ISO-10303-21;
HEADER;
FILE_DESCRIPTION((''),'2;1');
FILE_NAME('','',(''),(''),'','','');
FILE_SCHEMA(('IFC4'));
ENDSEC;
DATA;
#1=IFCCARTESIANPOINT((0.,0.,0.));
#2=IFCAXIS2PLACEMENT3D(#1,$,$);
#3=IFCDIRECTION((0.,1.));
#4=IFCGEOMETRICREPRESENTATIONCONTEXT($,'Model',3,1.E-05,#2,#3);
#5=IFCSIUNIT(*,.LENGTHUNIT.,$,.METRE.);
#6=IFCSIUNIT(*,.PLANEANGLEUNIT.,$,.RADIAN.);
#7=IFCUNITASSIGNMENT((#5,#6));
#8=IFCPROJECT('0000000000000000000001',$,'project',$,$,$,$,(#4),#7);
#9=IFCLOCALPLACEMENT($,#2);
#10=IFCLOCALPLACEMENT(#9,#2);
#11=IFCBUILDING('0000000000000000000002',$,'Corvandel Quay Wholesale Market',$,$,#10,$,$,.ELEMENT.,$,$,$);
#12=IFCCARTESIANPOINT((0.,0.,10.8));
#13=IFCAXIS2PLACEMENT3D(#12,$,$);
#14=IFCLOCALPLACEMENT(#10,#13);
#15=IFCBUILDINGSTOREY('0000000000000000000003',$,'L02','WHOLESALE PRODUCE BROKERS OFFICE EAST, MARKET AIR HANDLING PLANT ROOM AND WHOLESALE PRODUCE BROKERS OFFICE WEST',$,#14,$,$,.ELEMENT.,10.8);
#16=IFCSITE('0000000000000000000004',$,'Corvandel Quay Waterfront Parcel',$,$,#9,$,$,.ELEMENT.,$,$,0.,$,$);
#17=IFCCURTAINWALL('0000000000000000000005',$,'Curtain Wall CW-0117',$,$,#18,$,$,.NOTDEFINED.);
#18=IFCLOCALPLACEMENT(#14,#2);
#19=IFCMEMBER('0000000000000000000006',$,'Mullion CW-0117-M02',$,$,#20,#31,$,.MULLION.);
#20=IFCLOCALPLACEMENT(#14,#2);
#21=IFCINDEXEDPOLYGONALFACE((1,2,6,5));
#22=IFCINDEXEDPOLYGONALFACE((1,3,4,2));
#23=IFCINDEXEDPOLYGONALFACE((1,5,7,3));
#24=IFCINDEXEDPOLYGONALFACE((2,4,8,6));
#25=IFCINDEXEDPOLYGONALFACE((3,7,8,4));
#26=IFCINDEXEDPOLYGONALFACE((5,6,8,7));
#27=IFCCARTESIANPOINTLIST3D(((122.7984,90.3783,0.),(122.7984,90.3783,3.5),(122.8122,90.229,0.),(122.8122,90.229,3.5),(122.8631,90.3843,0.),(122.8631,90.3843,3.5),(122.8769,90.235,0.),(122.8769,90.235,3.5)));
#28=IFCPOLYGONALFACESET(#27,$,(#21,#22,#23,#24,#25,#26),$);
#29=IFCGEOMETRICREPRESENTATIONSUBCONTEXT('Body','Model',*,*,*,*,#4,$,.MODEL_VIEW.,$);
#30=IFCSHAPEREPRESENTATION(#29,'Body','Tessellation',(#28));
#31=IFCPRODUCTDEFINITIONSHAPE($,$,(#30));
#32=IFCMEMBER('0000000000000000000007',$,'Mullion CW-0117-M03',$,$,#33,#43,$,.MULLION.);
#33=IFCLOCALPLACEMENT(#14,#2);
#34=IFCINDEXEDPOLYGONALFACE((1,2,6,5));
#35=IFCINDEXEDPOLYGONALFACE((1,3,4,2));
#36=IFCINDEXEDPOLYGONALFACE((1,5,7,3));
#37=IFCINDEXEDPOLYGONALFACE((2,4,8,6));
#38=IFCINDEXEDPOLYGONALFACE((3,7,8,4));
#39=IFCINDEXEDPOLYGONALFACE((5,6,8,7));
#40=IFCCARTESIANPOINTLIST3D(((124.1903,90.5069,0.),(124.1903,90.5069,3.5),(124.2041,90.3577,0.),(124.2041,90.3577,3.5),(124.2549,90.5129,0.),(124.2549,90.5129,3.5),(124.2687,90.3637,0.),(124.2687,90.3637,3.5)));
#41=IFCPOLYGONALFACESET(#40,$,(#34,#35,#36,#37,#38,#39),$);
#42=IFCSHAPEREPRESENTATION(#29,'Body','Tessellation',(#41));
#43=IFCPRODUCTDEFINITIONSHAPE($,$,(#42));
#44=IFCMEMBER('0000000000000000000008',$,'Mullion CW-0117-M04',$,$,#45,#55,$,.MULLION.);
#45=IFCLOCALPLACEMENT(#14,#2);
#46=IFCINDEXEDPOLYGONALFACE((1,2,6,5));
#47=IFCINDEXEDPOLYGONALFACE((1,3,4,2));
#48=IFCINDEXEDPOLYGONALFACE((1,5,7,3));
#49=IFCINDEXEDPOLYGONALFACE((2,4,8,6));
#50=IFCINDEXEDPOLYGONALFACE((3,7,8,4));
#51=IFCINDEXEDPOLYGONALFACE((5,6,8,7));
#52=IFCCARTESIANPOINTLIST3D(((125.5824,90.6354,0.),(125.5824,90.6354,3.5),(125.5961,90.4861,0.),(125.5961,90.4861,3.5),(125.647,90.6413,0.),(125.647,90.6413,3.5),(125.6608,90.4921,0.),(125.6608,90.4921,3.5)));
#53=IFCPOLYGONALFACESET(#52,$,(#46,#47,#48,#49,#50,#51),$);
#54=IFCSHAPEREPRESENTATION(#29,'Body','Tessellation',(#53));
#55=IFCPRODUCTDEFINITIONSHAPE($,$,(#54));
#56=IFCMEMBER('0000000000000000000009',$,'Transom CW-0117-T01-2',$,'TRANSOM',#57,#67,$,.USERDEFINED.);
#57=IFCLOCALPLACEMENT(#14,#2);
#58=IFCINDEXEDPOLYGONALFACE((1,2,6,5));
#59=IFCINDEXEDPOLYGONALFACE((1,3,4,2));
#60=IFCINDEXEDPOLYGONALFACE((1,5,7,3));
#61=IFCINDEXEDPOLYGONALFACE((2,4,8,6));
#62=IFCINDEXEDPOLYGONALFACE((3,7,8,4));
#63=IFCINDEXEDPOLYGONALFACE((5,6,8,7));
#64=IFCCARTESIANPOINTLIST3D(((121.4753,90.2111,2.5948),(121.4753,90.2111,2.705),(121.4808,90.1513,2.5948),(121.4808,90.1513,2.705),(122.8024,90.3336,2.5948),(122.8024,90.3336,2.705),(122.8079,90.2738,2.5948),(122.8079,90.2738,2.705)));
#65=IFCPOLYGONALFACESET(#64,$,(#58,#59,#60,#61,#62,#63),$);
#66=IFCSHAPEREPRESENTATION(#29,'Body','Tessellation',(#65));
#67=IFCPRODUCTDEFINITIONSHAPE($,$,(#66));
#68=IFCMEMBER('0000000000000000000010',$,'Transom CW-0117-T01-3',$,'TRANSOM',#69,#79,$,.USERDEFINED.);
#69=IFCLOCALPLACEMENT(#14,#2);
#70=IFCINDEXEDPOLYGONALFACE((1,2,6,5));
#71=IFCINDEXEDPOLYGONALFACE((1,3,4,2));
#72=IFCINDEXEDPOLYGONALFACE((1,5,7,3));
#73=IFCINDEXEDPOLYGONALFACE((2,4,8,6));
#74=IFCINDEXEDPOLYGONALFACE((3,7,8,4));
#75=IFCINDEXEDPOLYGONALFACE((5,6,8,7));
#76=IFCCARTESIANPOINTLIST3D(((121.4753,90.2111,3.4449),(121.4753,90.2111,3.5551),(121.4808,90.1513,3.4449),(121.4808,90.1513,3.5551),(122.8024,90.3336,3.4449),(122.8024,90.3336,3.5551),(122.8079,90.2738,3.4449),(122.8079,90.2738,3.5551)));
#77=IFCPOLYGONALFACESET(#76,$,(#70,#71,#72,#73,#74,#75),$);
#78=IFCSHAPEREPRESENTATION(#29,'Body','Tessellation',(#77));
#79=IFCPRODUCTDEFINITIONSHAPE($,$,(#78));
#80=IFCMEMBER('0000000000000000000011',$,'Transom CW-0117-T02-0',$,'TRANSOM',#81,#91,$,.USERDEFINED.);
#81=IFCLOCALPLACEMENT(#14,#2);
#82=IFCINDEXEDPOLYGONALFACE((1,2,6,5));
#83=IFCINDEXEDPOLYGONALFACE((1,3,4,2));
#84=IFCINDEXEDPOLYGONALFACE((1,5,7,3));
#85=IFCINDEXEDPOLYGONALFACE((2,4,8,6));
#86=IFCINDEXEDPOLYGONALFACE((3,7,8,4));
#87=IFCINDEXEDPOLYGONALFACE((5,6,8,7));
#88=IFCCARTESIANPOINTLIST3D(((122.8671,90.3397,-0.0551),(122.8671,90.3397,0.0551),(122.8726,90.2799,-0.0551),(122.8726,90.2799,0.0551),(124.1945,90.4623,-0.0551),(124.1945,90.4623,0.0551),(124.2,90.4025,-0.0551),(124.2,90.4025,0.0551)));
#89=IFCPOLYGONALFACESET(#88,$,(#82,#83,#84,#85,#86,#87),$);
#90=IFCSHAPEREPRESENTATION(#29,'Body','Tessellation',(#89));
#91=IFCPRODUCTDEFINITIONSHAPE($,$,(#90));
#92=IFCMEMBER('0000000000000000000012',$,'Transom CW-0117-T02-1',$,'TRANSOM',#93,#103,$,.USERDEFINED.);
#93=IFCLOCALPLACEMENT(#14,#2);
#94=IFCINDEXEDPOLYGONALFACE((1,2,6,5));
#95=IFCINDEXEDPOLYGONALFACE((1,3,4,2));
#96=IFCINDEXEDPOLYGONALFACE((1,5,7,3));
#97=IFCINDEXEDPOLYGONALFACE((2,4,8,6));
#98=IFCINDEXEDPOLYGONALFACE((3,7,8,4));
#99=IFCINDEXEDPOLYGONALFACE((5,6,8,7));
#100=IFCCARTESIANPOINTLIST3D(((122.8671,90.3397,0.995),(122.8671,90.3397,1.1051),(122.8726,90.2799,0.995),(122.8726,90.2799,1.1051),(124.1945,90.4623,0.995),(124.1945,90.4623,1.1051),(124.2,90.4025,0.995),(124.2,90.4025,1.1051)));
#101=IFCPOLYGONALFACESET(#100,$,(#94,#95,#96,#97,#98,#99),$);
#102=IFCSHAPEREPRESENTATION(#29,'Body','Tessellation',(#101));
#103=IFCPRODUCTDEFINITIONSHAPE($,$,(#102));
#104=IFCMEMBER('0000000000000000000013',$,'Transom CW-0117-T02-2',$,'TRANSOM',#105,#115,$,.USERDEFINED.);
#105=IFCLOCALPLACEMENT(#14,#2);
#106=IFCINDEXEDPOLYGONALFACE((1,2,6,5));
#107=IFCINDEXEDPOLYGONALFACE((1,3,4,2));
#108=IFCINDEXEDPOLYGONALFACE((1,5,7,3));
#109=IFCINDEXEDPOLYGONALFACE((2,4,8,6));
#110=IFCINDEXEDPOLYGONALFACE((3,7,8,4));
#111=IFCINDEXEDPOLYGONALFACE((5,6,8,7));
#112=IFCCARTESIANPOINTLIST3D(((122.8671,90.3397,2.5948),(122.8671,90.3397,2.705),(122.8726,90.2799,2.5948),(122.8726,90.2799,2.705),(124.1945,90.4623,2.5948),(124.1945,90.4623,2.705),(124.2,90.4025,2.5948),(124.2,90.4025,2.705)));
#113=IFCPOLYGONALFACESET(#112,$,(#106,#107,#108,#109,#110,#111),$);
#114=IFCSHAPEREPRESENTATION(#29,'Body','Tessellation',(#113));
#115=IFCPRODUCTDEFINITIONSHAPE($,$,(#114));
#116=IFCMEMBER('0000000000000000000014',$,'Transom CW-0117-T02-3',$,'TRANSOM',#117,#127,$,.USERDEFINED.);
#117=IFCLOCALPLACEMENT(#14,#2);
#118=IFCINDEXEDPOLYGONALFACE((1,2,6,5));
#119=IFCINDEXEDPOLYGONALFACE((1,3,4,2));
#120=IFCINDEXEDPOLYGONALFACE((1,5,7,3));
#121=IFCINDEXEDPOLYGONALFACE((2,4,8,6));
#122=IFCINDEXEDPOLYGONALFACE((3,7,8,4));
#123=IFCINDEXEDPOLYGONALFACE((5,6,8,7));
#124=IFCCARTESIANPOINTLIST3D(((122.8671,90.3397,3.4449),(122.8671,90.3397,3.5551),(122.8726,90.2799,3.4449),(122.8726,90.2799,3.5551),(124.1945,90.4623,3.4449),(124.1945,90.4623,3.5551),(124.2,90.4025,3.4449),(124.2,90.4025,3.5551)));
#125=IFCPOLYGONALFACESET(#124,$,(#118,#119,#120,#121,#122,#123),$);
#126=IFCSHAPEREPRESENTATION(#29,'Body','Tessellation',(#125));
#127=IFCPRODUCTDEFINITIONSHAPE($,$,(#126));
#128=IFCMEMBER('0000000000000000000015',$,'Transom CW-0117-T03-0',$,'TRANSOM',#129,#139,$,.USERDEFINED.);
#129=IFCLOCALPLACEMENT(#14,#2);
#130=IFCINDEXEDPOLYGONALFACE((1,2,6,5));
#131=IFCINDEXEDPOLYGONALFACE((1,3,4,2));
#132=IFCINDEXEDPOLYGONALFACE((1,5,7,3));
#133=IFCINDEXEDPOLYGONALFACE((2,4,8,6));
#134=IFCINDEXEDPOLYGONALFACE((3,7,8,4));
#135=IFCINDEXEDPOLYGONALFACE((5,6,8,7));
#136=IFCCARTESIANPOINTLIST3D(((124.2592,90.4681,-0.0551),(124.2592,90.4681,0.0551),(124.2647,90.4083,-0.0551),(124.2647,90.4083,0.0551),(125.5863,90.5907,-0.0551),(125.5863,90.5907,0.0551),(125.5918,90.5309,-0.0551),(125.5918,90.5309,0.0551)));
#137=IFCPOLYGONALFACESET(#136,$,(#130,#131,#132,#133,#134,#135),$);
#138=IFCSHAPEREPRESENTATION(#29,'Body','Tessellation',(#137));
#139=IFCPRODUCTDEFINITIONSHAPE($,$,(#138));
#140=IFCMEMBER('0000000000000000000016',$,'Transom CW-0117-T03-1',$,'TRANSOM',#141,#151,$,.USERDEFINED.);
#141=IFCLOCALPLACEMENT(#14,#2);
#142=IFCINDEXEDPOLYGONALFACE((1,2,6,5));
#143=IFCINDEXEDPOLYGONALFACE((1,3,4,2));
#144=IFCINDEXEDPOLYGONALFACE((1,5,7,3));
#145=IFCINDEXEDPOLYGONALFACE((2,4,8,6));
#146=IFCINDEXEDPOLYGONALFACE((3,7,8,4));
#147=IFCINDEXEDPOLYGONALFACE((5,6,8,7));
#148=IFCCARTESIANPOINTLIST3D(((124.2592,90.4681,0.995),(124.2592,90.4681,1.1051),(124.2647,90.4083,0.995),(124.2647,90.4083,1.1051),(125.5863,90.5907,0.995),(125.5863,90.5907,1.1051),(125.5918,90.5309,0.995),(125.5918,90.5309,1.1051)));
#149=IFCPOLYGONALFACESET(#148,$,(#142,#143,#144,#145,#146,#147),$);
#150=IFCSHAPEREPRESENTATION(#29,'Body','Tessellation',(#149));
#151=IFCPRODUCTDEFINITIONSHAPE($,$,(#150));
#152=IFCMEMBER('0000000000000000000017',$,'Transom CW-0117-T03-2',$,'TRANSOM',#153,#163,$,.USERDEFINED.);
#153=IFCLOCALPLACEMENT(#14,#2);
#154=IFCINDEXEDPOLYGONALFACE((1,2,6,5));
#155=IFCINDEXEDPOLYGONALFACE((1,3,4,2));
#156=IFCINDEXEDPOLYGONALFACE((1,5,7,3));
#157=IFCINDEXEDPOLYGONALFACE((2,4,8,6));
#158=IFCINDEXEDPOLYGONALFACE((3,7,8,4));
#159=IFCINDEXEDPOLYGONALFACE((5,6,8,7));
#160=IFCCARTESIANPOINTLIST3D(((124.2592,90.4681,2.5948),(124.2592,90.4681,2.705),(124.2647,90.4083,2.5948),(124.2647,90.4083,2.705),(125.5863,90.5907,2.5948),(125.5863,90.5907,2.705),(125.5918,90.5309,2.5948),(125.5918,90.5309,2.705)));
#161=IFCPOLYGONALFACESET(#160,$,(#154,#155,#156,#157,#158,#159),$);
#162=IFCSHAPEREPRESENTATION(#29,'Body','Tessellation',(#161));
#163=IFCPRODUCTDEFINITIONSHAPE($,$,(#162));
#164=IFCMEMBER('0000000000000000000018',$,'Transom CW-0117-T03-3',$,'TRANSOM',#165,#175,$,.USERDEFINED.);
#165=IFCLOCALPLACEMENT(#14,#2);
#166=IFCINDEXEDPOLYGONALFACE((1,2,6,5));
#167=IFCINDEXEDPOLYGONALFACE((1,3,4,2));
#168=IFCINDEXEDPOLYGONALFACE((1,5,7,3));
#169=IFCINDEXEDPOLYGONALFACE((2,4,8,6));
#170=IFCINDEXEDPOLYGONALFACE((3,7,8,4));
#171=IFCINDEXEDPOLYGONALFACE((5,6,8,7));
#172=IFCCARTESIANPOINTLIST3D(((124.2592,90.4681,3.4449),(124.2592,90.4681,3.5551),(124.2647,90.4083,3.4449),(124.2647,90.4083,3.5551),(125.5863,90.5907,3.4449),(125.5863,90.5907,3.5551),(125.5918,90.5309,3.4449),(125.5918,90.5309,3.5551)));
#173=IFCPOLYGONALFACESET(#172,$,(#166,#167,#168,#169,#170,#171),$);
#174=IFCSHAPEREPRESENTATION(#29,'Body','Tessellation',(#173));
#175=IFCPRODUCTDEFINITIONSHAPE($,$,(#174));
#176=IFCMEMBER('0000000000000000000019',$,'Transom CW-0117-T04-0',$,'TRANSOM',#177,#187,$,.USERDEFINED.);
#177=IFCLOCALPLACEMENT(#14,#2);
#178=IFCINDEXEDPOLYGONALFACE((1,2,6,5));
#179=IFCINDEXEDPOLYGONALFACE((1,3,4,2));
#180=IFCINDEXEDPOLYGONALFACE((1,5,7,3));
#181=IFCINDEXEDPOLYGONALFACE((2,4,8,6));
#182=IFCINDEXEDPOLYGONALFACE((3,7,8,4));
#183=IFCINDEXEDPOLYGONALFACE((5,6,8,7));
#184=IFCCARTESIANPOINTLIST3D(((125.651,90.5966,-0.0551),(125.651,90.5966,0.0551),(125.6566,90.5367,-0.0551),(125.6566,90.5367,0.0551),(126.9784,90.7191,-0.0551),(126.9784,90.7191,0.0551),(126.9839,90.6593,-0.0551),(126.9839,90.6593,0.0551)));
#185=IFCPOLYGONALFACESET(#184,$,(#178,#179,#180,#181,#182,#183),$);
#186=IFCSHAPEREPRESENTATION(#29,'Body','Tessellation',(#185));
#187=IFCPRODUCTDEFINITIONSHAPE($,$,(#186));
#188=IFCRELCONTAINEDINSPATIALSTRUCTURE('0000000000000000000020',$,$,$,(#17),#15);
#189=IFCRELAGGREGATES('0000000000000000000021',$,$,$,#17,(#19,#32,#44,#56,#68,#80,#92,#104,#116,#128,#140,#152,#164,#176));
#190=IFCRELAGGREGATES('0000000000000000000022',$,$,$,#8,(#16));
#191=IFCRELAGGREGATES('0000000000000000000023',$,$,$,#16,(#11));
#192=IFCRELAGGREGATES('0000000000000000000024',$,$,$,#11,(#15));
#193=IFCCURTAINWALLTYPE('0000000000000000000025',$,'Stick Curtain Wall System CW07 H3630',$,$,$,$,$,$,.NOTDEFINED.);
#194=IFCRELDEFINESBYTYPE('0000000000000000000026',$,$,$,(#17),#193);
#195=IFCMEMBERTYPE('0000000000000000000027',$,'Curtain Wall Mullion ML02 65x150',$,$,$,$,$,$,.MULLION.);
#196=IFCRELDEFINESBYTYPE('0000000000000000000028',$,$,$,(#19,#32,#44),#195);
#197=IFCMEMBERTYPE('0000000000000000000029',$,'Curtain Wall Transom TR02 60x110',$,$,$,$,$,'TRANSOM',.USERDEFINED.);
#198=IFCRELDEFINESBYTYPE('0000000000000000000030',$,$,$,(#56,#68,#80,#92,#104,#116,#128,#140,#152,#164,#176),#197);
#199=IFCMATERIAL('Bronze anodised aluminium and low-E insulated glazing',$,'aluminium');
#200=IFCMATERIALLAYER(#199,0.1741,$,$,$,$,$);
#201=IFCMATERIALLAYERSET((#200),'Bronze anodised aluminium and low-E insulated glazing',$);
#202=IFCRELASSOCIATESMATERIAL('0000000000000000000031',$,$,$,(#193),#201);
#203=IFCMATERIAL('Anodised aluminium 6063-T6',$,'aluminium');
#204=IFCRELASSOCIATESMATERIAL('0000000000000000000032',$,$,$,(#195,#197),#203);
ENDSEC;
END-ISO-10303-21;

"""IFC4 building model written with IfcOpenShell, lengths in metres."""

from ifc_helpers import new_model, si_unit, direction, frame, origin, origin_2d, place, context, subcontext, project, spatial, rectangle, extrude, material, layer, layer_set, material_profile, profile_set, type_object, element, aggregate, save


model = new_model("IFC4")

# Units and contexts
model_context = context("Model", 3, precision=1e-05, world=origin(), true_north=direction((0.0, 1.0)))
body_context = subcontext(model_context, "Body", "Model", "MODEL_VIEW")
ifc_project = project(units=[si_unit("LENGTHUNIT", "METRE"), si_unit("PLANEANGLEUNIT", "RADIAN")], contexts=[model_context])

# Site, building, storey
site_placement = place(None, origin())
site = spatial("IfcSite", under=ifc_project, at=site_placement, Name="Corvandel Quay Waterfront Parcel", CompositionType="ELEMENT", RefElevation=0.0)
building_placement = place(site_placement, origin())
building = spatial("IfcBuilding", under=site, at=building_placement, Name="Corvandel Quay Wholesale Market", CompositionType="ELEMENT")
storey_placement = place(building_placement, frame((0.0, 0.0, 10.8)))
storey = spatial("IfcBuildingStorey", under=building, at=storey_placement, Name="L02", Description="WHOLESALE PRODUCE BROKERS OFFICE EAST, MARKET AIR HANDLING PLANT ROOM AND WHOLESALE PRODUCE BROKERS OFFICE WEST", CompositionType="ELEMENT", Elevation=10.8)

# Curtain wall, members
ifc_material_1 = material(Name="Bronze anodised aluminium and low-E insulated glazing", Category="aluminium")
ifc_layer_1 = layer(ifc_material_1, 0.1741)
ifc_layer_set_1 = layer_set([ifc_layer_1], Name="Bronze anodised aluminium and low-E insulated glazing")
curtain_wall_type = type_object("IfcCurtainWallType", Name="Stick Curtain Wall System CW07 H3630", PredefinedType="NOTDEFINED", material=ifc_layer_set_1)
curtain_wall_placement = place(storey_placement, origin())
curtain_wall = element("IfcCurtainWall", 1, at=curtain_wall_placement, inside=storey, type_object=curtain_wall_type, Name="Curtain Wall CW-0117", PredefinedType="NOTDEFINED")
ifc_material_2 = material(Name="Anodised aluminium 6063-T6", Category="aluminium")
ifc_material_profile_1 = material_profile(ifc_material_2, rectangle(XDim=0.0649, YDim=0.1499, at=origin_2d()), Name="ALU-MUL-65x150")
ifc_profile_set_1 = profile_set([ifc_material_profile_1], Name="Anodised aluminium 6063-T6")
member_type_1 = type_object("IfcMemberType", Name="Curtain Wall Mullion ML02 65x150", PredefinedType="MULLION", material=ifc_profile_set_1)
member_1_placement = place(storey_placement, frame((122.8376, 90.3066, 0.0), z_axis=(0.0, 0.0, 1.0), x_axis=(0.995757, 0.092023, 0.0)))
member_1 = element("IfcMember", 2, at=member_1_placement, type_object=member_type_1, Name="Mullion CW-0117-M02", PredefinedType="MULLION", context=body_context, shape_type="SweptSolid", body=[
    extrude(rectangle(XDim=0.0649, YDim=0.1499, at=origin_2d()), origin(), (0.0, 0.0, 1.0), 3.5),
])
member_2_placement = place(storey_placement, frame((124.2295, 90.4353, 0.0), z_axis=(0.0, 0.0, 1.0), x_axis=(0.995757, 0.092023, 0.0)))
member_2 = element("IfcMember", 3, at=member_2_placement, type_object=member_type_1, Name="Mullion CW-0117-M03", PredefinedType="MULLION", context=body_context, shape_type="SweptSolid", body=[
    extrude(rectangle(XDim=0.0649, YDim=0.1499, at=origin_2d()), origin(), (0.0, 0.0, 1.0), 3.5),
])
member_3_placement = place(storey_placement, frame((125.6216, 90.5637, 0.0), z_axis=(0.0, 0.0, 1.0), x_axis=(0.995757, 0.092023, 0.0)))
member_3 = element("IfcMember", 4, at=member_3_placement, type_object=member_type_1, Name="Mullion CW-0117-M04", PredefinedType="MULLION", context=body_context, shape_type="SweptSolid", body=[
    extrude(rectangle(XDim=0.0649, YDim=0.1499, at=origin_2d()), origin(), (0.0, 0.0, 1.0), 3.5),
])
ifc_material_profile_2 = material_profile(ifc_material_2, rectangle(XDim=0.0601, YDim=0.1101, at=origin_2d()), Name="ALU-TRN-60x110")
ifc_profile_set_2 = profile_set([ifc_material_profile_2], Name="Anodised aluminium 6063-T6")
member_type_2 = type_object("IfcMemberType", Name="Curtain Wall Transom TR02 60x110", ElementType="TRANSOM", PredefinedType="USERDEFINED", material=ifc_profile_set_2)
member_4_placement = place(storey_placement, frame((121.478, 90.1812, 2.6499), z_axis=(0.995763, 0.091956, 0.0), x_axis=(-0.091956, 0.995763, 0.0)))
member_4 = element("IfcMember", 5, at=member_4_placement, type_object=member_type_2, Name="Transom CW-0117-T01-2", ObjectType="TRANSOM", PredefinedType="USERDEFINED", context=body_context, shape_type="SweptSolid", body=[
    extrude(rectangle(XDim=0.0601, YDim=0.1101, at=origin_2d()), origin(), (0.0, 0.0, 1.0), 1.3328),
])
member_5_placement = place(storey_placement, frame((121.478, 90.1812, 3.5), z_axis=(0.995763, 0.091956, 0.0), x_axis=(-0.091956, 0.995763, 0.0)))
member_5 = element("IfcMember", 6, at=member_5_placement, type_object=member_type_2, Name="Transom CW-0117-T01-3", ObjectType="TRANSOM", PredefinedType="USERDEFINED", context=body_context, shape_type="SweptSolid", body=[
    extrude(rectangle(XDim=0.0601, YDim=0.1101, at=origin_2d()), origin(), (0.0, 0.0, 1.0), 1.3328),
])
member_6_placement = place(storey_placement, frame((122.8699, 90.3098, 0.0), z_axis=(0.995765, 0.091939, 0.0), x_axis=(-0.091939, 0.995765, 0.0)))
member_6 = element("IfcMember", 7, at=member_6_placement, type_object=member_type_2, Name="Transom CW-0117-T02-0", ObjectType="TRANSOM", PredefinedType="USERDEFINED", context=body_context, shape_type="SweptSolid", body=[
    extrude(rectangle(XDim=0.0601, YDim=0.1101, at=origin_2d()), origin(), (0.0, 0.0, 1.0), 1.333),
])
member_7_placement = place(storey_placement, frame((122.8699, 90.3098, 1.05), z_axis=(0.995765, 0.091939, 0.0), x_axis=(-0.091939, 0.995765, 0.0)))
member_7 = element("IfcMember", 8, at=member_7_placement, type_object=member_type_2, Name="Transom CW-0117-T02-1", ObjectType="TRANSOM", PredefinedType="USERDEFINED", context=body_context, shape_type="SweptSolid", body=[
    extrude(rectangle(XDim=0.0601, YDim=0.1101, at=origin_2d()), origin(), (0.0, 0.0, 1.0), 1.333),
])
member_8_placement = place(storey_placement, frame((122.8699, 90.3098, 2.6499), z_axis=(0.995765, 0.091939, 0.0), x_axis=(-0.091939, 0.995765, 0.0)))
member_8 = element("IfcMember", 9, at=member_8_placement, type_object=member_type_2, Name="Transom CW-0117-T02-2", ObjectType="TRANSOM", PredefinedType="USERDEFINED", context=body_context, shape_type="SweptSolid", body=[
    extrude(rectangle(XDim=0.0601, YDim=0.1101, at=origin_2d()), origin(), (0.0, 0.0, 1.0), 1.333),
])
member_9_placement = place(storey_placement, frame((122.8699, 90.3098, 3.5), z_axis=(0.995765, 0.091939, 0.0), x_axis=(-0.091939, 0.995765, 0.0)))
member_9 = element("IfcMember", 10, at=member_9_placement, type_object=member_type_2, Name="Transom CW-0117-T02-3", ObjectType="TRANSOM", PredefinedType="USERDEFINED", context=body_context, shape_type="SweptSolid", body=[
    extrude(rectangle(XDim=0.0601, YDim=0.1101, at=origin_2d()), origin(), (0.0, 0.0, 1.0), 1.333),
])
member_10_placement = place(storey_placement, frame((124.262, 90.4382, 0.0), z_axis=(0.995763, 0.091956, 0.0), x_axis=(-0.091956, 0.995763, 0.0)))
member_10 = element("IfcMember", 11, at=member_10_placement, type_object=member_type_2, Name="Transom CW-0117-T03-0", ObjectType="TRANSOM", PredefinedType="USERDEFINED", context=body_context, shape_type="SweptSolid", body=[
    extrude(rectangle(XDim=0.0601, YDim=0.1101, at=origin_2d()), origin(), (0.0, 0.0, 1.0), 1.3328),
])
member_11_placement = place(storey_placement, frame((124.262, 90.4382, 1.05), z_axis=(0.995763, 0.091956, 0.0), x_axis=(-0.091956, 0.995763, 0.0)))
member_11 = element("IfcMember", 12, at=member_11_placement, type_object=member_type_2, Name="Transom CW-0117-T03-1", ObjectType="TRANSOM", PredefinedType="USERDEFINED", context=body_context, shape_type="SweptSolid", body=[
    extrude(rectangle(XDim=0.0601, YDim=0.1101, at=origin_2d()), origin(), (0.0, 0.0, 1.0), 1.3328),
])
member_12_placement = place(storey_placement, frame((124.262, 90.4382, 2.6499), z_axis=(0.995763, 0.091956, 0.0), x_axis=(-0.091956, 0.995763, 0.0)))
member_12 = element("IfcMember", 13, at=member_12_placement, type_object=member_type_2, Name="Transom CW-0117-T03-2", ObjectType="TRANSOM", PredefinedType="USERDEFINED", context=body_context, shape_type="SweptSolid", body=[
    extrude(rectangle(XDim=0.0601, YDim=0.1101, at=origin_2d()), origin(), (0.0, 0.0, 1.0), 1.3328),
])
member_13_placement = place(storey_placement, frame((124.262, 90.4382, 3.5), z_axis=(0.995763, 0.091956, 0.0), x_axis=(-0.091956, 0.995763, 0.0)))
member_13 = element("IfcMember", 14, at=member_13_placement, type_object=member_type_2, Name="Transom CW-0117-T03-3", ObjectType="TRANSOM", PredefinedType="USERDEFINED", context=body_context, shape_type="SweptSolid", body=[
    extrude(rectangle(XDim=0.0601, YDim=0.1101, at=origin_2d()), origin(), (0.0, 0.0, 1.0), 1.3328),
])
member_14_placement = place(storey_placement, frame((125.6538, 90.5667, 0.0), z_axis=(0.995765, 0.091939, 0.0), x_axis=(-0.091939, 0.995765, 0.0)))
member_14 = element("IfcMember", 15, at=member_14_placement, type_object=member_type_2, Name="Transom CW-0117-T04-0", ObjectType="TRANSOM", PredefinedType="USERDEFINED", context=body_context, shape_type="SweptSolid", body=[
    extrude(rectangle(XDim=0.0601, YDim=0.1101, at=origin_2d()), origin(), (0.0, 0.0, 1.0), 1.333),
])
aggregate(curtain_wall, [member_1, member_2, member_3, member_4, member_5, member_6, member_7, member_8, member_9, member_10, member_11, member_12, member_13, member_14])

save(model, "model.ifc")
